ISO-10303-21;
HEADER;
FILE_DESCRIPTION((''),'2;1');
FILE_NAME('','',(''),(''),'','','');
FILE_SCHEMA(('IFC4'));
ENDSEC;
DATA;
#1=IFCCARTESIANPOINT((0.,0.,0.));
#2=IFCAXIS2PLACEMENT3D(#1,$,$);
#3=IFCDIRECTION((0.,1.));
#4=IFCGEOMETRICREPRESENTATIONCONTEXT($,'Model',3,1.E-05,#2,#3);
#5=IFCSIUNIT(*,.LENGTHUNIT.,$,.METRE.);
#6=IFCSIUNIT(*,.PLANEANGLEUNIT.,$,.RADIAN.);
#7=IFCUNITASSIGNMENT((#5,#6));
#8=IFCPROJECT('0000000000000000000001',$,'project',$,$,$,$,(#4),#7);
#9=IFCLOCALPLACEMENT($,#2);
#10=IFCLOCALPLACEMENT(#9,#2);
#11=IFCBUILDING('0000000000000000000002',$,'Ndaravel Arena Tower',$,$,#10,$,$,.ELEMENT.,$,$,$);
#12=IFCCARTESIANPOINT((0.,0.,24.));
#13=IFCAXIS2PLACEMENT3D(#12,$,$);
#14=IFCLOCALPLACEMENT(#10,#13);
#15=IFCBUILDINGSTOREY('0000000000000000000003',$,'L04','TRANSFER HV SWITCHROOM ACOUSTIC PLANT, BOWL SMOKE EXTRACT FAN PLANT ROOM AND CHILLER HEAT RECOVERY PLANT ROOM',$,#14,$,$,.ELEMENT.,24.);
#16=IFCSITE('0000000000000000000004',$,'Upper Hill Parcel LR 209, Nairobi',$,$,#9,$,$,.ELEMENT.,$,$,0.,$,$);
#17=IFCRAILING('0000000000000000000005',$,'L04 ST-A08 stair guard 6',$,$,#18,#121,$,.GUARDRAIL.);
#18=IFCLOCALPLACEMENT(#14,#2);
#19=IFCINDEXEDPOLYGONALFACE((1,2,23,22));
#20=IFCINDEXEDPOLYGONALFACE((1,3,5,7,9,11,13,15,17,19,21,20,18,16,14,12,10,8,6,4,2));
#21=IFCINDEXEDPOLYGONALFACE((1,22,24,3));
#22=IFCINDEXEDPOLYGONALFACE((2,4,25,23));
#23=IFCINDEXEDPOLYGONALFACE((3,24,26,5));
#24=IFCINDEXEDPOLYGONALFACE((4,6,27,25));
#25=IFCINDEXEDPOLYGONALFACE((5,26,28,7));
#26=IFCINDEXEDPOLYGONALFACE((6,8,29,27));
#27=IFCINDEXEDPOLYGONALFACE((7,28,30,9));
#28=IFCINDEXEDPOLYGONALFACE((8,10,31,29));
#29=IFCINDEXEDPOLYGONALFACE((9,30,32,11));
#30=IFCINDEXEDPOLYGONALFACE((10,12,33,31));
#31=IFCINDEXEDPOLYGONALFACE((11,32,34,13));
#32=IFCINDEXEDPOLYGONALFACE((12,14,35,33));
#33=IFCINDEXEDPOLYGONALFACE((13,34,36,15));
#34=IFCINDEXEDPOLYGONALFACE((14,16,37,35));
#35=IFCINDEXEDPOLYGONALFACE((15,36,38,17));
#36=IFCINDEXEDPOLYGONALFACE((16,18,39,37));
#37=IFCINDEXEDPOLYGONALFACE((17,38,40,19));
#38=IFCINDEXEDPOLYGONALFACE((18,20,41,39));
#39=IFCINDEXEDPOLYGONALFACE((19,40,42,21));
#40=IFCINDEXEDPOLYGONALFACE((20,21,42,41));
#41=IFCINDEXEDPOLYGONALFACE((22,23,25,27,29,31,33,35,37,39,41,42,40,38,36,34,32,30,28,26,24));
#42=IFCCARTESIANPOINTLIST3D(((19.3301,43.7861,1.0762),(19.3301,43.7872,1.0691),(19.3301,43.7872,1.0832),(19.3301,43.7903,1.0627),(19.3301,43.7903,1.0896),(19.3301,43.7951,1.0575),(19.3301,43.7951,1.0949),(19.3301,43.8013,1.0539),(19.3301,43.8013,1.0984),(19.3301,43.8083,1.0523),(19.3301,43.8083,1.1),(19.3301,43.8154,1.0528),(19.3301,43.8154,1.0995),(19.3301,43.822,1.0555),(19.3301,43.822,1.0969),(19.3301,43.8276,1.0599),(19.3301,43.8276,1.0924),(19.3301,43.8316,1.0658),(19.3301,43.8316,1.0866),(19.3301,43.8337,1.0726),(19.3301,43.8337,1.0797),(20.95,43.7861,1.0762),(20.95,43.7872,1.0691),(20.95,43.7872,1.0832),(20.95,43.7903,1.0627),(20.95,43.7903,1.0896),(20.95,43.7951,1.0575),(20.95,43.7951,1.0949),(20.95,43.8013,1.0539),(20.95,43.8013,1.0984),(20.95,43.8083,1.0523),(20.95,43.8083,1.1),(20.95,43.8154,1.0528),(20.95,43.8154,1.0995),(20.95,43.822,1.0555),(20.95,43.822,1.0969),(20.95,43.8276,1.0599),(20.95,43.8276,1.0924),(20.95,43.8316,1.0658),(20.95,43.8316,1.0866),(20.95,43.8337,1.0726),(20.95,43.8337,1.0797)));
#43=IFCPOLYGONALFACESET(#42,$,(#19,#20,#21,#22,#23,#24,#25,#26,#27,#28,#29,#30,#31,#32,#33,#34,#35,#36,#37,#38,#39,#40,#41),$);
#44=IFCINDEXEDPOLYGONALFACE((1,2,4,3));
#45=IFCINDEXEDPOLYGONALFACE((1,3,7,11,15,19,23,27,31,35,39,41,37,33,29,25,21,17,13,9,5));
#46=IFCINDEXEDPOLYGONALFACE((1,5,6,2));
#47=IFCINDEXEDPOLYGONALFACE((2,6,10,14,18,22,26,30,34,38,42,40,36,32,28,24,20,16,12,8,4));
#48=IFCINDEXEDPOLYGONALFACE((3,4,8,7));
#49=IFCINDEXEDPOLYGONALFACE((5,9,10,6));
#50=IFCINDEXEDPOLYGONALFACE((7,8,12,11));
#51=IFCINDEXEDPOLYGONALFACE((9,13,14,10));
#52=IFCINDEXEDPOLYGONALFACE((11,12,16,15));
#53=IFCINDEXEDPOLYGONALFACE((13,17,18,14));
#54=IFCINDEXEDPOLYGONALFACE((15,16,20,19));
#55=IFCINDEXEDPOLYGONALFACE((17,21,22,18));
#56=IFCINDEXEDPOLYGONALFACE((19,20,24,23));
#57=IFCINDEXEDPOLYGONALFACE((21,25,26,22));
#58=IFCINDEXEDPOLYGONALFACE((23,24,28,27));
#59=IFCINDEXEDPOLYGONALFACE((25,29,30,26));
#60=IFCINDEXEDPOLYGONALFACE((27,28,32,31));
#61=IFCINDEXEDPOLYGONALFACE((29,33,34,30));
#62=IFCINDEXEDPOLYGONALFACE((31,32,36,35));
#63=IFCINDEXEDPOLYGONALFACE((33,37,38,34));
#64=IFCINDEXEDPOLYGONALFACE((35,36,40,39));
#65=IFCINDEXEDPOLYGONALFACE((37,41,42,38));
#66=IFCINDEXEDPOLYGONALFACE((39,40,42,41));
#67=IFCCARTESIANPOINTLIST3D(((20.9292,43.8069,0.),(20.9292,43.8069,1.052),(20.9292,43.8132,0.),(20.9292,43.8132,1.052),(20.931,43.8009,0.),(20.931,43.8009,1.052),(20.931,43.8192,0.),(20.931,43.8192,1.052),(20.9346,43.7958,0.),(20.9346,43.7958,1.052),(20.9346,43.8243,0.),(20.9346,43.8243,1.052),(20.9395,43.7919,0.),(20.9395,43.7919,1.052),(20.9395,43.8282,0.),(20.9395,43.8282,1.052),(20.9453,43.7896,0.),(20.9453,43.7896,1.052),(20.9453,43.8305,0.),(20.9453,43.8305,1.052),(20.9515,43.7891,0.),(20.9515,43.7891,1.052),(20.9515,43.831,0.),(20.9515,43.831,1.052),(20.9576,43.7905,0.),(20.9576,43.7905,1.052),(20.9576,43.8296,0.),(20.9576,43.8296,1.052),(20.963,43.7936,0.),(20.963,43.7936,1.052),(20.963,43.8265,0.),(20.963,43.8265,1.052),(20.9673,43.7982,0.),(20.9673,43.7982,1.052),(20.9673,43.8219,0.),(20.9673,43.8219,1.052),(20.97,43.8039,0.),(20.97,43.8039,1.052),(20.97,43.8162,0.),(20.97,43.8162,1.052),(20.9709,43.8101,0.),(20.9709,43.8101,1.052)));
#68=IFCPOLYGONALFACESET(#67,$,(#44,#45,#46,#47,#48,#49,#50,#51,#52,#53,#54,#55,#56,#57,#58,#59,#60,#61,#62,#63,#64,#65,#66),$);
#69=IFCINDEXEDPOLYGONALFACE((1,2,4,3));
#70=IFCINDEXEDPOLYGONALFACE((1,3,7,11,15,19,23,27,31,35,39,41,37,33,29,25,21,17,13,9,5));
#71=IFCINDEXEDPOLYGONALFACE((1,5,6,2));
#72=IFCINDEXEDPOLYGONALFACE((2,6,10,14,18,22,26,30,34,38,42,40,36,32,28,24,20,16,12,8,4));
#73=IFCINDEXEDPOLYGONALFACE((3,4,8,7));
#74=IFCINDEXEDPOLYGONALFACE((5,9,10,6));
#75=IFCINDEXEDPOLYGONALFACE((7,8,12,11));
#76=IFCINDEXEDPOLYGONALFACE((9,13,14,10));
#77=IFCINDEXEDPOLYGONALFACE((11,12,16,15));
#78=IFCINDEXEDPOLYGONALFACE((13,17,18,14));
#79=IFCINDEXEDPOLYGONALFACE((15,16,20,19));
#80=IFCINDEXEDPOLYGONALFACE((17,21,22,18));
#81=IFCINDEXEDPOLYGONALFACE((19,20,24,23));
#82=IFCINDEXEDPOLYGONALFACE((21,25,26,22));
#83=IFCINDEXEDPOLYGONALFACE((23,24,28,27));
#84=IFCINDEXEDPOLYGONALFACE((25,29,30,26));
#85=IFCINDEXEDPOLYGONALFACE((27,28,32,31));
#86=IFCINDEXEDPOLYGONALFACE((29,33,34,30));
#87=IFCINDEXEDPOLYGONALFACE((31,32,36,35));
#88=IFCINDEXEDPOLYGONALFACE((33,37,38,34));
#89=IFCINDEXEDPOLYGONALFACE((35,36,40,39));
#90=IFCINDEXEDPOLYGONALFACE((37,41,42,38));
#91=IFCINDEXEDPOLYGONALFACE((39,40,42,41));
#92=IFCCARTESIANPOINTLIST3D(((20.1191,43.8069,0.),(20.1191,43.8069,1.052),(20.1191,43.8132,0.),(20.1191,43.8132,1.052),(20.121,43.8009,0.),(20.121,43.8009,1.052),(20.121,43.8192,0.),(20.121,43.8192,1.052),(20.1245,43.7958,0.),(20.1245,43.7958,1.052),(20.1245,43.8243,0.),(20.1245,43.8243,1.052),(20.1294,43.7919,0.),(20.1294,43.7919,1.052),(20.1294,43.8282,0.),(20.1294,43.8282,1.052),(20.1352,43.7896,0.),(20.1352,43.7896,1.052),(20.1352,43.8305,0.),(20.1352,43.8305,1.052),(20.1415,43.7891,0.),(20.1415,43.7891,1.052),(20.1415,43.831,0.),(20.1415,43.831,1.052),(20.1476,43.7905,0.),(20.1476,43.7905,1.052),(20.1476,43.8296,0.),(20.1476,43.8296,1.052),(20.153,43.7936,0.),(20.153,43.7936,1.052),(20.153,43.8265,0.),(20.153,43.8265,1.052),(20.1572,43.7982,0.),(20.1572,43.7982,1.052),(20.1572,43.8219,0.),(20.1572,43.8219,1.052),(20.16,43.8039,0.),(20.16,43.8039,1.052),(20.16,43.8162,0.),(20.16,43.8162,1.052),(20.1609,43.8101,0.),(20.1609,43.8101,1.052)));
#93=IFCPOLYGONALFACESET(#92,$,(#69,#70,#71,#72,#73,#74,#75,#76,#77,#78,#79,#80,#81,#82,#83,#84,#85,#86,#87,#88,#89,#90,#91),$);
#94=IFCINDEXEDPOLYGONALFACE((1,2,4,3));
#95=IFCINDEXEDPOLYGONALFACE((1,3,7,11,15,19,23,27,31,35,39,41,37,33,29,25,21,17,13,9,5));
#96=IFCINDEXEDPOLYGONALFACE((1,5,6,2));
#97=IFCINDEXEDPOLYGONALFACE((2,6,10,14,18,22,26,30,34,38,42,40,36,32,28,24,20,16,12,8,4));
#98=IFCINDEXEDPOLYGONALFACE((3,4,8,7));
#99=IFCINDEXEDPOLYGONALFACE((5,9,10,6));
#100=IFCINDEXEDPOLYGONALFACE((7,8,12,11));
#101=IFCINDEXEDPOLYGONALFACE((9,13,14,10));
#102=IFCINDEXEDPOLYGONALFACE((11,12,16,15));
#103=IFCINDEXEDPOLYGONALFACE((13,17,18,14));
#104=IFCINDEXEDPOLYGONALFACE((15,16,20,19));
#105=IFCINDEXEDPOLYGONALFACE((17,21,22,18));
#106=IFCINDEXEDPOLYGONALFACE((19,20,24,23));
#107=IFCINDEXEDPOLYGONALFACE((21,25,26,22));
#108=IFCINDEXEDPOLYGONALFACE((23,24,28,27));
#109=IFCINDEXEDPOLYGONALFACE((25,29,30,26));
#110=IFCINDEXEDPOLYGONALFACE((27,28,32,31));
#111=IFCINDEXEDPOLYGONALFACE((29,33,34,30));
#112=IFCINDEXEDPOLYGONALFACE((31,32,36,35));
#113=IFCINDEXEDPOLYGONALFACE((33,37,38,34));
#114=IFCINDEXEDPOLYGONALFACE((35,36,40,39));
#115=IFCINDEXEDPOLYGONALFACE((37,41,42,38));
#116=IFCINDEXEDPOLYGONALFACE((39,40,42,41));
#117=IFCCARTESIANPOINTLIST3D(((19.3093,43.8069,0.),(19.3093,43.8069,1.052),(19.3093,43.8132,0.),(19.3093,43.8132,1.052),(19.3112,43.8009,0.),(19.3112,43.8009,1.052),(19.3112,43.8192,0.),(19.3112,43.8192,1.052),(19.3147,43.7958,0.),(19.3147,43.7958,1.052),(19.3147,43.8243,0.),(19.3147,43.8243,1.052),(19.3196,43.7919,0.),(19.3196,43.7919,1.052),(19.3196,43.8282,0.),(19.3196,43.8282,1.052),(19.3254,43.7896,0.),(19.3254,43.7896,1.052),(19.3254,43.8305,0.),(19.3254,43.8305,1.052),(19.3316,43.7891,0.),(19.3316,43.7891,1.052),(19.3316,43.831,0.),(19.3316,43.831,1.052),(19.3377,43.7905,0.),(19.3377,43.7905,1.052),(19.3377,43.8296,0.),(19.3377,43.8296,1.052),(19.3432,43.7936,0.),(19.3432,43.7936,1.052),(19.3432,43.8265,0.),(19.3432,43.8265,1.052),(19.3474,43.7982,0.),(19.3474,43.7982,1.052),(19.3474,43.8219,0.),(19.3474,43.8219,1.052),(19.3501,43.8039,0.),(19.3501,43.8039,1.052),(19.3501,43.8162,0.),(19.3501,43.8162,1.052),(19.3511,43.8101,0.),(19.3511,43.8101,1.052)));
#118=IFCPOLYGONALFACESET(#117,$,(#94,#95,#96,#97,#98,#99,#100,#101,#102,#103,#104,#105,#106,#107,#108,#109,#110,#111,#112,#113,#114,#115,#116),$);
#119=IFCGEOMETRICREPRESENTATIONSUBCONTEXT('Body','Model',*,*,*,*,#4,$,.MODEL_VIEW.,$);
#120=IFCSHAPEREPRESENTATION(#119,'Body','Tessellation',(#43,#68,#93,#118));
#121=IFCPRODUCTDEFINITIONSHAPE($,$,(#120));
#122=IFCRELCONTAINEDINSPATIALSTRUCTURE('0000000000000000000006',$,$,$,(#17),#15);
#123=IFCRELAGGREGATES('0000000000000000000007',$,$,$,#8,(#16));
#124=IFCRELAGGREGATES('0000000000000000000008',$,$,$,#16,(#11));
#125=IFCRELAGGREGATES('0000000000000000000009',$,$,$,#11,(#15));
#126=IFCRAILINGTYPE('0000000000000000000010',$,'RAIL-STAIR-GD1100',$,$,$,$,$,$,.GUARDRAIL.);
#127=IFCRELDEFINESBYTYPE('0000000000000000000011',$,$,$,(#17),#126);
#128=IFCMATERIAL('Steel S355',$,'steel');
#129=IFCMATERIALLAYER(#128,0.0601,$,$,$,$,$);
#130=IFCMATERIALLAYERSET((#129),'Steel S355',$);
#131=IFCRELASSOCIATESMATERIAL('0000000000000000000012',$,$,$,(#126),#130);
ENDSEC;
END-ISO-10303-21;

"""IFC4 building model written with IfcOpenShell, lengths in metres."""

from ifc_helpers import new_model, si_unit, direction, frame, origin, origin_2d, place, context, subcontext, project, spatial, circle, extrude, material, layer, layer_set, type_object, element, save


model = new_model("IFC4")

# Units and contexts
model_context = context("Model", 3, precision=1e-05, world=origin(), true_north=direction((0.0, 1.0)))
body_context = subcontext(model_context, "Body", "Model", "MODEL_VIEW")
ifc_project = project(units=[si_unit("LENGTHUNIT", "METRE"), si_unit("PLANEANGLEUNIT", "RADIAN")], contexts=[model_context])

# Site, building, storey
site_placement = place(None, origin())
site = spatial("IfcSite", under=ifc_project, at=site_placement, Name="Upper Hill Parcel LR 209, Nairobi", CompositionType="ELEMENT", RefElevation=0.0)
building_placement = place(site_placement, origin())
building = spatial("IfcBuilding", under=site, at=building_placement, Name="Ndaravel Arena Tower", CompositionType="ELEMENT")
storey_placement = place(building_placement, frame((0.0, 0.0, 24.0)))
storey = spatial("IfcBuildingStorey", under=building, at=storey_placement, Name="L04", Description="TRANSFER HV SWITCHROOM ACOUSTIC PLANT, BOWL SMOKE EXTRACT FAN PLANT ROOM AND CHILLER HEAT RECOVERY PLANT ROOM", CompositionType="ELEMENT", Elevation=24.0)

# Railing
ifc_material_1 = material(Name="Steel S355", Category="steel")
ifc_layer_1 = layer(ifc_material_1, 0.0601)
ifc_layer_set_1 = layer_set([ifc_layer_1], Name="Steel S355")
railing_type_1 = type_object("IfcRailingType", Name="RAIL-STAIR-GD1100", PredefinedType="GUARDRAIL", material=ifc_layer_set_1)
for number, where, name in (
    (1, (20.95, 43.8101, 0.0), "L04 ST-A08 stair guard 6"),
):
    element("IfcRailing", number, at=place(storey_placement, frame(where)), inside=storey, type_object=railing_type_1, Name=name, PredefinedType="GUARDRAIL", context=body_context, shape_type="SweptSolid", body=[
        extrude(circle(Radius=0.0239, at=origin_2d()), frame((0.0, 0.0, 1.0762), z_axis=(-1.0, 0.0, 0.0), x_axis=(0.0, -1.0, 0.0)), (0.0, 0.0, 1.0), 1.6199),
        extrude(circle(Radius=0.021, at=origin_2d()), origin(), (0.0, 0.0, 1.0), 1.052),
        extrude(circle(Radius=0.021, at=origin_2d()), frame((-0.8101, 0.0, 0.0)), (0.0, 0.0, 1.0), 1.052),
        extrude(circle(Radius=0.021, at=origin_2d()), frame((-1.6199, 0.0, 0.0)), (0.0, 0.0, 1.0), 1.052),
    ])

save(model, "model.ifc")
